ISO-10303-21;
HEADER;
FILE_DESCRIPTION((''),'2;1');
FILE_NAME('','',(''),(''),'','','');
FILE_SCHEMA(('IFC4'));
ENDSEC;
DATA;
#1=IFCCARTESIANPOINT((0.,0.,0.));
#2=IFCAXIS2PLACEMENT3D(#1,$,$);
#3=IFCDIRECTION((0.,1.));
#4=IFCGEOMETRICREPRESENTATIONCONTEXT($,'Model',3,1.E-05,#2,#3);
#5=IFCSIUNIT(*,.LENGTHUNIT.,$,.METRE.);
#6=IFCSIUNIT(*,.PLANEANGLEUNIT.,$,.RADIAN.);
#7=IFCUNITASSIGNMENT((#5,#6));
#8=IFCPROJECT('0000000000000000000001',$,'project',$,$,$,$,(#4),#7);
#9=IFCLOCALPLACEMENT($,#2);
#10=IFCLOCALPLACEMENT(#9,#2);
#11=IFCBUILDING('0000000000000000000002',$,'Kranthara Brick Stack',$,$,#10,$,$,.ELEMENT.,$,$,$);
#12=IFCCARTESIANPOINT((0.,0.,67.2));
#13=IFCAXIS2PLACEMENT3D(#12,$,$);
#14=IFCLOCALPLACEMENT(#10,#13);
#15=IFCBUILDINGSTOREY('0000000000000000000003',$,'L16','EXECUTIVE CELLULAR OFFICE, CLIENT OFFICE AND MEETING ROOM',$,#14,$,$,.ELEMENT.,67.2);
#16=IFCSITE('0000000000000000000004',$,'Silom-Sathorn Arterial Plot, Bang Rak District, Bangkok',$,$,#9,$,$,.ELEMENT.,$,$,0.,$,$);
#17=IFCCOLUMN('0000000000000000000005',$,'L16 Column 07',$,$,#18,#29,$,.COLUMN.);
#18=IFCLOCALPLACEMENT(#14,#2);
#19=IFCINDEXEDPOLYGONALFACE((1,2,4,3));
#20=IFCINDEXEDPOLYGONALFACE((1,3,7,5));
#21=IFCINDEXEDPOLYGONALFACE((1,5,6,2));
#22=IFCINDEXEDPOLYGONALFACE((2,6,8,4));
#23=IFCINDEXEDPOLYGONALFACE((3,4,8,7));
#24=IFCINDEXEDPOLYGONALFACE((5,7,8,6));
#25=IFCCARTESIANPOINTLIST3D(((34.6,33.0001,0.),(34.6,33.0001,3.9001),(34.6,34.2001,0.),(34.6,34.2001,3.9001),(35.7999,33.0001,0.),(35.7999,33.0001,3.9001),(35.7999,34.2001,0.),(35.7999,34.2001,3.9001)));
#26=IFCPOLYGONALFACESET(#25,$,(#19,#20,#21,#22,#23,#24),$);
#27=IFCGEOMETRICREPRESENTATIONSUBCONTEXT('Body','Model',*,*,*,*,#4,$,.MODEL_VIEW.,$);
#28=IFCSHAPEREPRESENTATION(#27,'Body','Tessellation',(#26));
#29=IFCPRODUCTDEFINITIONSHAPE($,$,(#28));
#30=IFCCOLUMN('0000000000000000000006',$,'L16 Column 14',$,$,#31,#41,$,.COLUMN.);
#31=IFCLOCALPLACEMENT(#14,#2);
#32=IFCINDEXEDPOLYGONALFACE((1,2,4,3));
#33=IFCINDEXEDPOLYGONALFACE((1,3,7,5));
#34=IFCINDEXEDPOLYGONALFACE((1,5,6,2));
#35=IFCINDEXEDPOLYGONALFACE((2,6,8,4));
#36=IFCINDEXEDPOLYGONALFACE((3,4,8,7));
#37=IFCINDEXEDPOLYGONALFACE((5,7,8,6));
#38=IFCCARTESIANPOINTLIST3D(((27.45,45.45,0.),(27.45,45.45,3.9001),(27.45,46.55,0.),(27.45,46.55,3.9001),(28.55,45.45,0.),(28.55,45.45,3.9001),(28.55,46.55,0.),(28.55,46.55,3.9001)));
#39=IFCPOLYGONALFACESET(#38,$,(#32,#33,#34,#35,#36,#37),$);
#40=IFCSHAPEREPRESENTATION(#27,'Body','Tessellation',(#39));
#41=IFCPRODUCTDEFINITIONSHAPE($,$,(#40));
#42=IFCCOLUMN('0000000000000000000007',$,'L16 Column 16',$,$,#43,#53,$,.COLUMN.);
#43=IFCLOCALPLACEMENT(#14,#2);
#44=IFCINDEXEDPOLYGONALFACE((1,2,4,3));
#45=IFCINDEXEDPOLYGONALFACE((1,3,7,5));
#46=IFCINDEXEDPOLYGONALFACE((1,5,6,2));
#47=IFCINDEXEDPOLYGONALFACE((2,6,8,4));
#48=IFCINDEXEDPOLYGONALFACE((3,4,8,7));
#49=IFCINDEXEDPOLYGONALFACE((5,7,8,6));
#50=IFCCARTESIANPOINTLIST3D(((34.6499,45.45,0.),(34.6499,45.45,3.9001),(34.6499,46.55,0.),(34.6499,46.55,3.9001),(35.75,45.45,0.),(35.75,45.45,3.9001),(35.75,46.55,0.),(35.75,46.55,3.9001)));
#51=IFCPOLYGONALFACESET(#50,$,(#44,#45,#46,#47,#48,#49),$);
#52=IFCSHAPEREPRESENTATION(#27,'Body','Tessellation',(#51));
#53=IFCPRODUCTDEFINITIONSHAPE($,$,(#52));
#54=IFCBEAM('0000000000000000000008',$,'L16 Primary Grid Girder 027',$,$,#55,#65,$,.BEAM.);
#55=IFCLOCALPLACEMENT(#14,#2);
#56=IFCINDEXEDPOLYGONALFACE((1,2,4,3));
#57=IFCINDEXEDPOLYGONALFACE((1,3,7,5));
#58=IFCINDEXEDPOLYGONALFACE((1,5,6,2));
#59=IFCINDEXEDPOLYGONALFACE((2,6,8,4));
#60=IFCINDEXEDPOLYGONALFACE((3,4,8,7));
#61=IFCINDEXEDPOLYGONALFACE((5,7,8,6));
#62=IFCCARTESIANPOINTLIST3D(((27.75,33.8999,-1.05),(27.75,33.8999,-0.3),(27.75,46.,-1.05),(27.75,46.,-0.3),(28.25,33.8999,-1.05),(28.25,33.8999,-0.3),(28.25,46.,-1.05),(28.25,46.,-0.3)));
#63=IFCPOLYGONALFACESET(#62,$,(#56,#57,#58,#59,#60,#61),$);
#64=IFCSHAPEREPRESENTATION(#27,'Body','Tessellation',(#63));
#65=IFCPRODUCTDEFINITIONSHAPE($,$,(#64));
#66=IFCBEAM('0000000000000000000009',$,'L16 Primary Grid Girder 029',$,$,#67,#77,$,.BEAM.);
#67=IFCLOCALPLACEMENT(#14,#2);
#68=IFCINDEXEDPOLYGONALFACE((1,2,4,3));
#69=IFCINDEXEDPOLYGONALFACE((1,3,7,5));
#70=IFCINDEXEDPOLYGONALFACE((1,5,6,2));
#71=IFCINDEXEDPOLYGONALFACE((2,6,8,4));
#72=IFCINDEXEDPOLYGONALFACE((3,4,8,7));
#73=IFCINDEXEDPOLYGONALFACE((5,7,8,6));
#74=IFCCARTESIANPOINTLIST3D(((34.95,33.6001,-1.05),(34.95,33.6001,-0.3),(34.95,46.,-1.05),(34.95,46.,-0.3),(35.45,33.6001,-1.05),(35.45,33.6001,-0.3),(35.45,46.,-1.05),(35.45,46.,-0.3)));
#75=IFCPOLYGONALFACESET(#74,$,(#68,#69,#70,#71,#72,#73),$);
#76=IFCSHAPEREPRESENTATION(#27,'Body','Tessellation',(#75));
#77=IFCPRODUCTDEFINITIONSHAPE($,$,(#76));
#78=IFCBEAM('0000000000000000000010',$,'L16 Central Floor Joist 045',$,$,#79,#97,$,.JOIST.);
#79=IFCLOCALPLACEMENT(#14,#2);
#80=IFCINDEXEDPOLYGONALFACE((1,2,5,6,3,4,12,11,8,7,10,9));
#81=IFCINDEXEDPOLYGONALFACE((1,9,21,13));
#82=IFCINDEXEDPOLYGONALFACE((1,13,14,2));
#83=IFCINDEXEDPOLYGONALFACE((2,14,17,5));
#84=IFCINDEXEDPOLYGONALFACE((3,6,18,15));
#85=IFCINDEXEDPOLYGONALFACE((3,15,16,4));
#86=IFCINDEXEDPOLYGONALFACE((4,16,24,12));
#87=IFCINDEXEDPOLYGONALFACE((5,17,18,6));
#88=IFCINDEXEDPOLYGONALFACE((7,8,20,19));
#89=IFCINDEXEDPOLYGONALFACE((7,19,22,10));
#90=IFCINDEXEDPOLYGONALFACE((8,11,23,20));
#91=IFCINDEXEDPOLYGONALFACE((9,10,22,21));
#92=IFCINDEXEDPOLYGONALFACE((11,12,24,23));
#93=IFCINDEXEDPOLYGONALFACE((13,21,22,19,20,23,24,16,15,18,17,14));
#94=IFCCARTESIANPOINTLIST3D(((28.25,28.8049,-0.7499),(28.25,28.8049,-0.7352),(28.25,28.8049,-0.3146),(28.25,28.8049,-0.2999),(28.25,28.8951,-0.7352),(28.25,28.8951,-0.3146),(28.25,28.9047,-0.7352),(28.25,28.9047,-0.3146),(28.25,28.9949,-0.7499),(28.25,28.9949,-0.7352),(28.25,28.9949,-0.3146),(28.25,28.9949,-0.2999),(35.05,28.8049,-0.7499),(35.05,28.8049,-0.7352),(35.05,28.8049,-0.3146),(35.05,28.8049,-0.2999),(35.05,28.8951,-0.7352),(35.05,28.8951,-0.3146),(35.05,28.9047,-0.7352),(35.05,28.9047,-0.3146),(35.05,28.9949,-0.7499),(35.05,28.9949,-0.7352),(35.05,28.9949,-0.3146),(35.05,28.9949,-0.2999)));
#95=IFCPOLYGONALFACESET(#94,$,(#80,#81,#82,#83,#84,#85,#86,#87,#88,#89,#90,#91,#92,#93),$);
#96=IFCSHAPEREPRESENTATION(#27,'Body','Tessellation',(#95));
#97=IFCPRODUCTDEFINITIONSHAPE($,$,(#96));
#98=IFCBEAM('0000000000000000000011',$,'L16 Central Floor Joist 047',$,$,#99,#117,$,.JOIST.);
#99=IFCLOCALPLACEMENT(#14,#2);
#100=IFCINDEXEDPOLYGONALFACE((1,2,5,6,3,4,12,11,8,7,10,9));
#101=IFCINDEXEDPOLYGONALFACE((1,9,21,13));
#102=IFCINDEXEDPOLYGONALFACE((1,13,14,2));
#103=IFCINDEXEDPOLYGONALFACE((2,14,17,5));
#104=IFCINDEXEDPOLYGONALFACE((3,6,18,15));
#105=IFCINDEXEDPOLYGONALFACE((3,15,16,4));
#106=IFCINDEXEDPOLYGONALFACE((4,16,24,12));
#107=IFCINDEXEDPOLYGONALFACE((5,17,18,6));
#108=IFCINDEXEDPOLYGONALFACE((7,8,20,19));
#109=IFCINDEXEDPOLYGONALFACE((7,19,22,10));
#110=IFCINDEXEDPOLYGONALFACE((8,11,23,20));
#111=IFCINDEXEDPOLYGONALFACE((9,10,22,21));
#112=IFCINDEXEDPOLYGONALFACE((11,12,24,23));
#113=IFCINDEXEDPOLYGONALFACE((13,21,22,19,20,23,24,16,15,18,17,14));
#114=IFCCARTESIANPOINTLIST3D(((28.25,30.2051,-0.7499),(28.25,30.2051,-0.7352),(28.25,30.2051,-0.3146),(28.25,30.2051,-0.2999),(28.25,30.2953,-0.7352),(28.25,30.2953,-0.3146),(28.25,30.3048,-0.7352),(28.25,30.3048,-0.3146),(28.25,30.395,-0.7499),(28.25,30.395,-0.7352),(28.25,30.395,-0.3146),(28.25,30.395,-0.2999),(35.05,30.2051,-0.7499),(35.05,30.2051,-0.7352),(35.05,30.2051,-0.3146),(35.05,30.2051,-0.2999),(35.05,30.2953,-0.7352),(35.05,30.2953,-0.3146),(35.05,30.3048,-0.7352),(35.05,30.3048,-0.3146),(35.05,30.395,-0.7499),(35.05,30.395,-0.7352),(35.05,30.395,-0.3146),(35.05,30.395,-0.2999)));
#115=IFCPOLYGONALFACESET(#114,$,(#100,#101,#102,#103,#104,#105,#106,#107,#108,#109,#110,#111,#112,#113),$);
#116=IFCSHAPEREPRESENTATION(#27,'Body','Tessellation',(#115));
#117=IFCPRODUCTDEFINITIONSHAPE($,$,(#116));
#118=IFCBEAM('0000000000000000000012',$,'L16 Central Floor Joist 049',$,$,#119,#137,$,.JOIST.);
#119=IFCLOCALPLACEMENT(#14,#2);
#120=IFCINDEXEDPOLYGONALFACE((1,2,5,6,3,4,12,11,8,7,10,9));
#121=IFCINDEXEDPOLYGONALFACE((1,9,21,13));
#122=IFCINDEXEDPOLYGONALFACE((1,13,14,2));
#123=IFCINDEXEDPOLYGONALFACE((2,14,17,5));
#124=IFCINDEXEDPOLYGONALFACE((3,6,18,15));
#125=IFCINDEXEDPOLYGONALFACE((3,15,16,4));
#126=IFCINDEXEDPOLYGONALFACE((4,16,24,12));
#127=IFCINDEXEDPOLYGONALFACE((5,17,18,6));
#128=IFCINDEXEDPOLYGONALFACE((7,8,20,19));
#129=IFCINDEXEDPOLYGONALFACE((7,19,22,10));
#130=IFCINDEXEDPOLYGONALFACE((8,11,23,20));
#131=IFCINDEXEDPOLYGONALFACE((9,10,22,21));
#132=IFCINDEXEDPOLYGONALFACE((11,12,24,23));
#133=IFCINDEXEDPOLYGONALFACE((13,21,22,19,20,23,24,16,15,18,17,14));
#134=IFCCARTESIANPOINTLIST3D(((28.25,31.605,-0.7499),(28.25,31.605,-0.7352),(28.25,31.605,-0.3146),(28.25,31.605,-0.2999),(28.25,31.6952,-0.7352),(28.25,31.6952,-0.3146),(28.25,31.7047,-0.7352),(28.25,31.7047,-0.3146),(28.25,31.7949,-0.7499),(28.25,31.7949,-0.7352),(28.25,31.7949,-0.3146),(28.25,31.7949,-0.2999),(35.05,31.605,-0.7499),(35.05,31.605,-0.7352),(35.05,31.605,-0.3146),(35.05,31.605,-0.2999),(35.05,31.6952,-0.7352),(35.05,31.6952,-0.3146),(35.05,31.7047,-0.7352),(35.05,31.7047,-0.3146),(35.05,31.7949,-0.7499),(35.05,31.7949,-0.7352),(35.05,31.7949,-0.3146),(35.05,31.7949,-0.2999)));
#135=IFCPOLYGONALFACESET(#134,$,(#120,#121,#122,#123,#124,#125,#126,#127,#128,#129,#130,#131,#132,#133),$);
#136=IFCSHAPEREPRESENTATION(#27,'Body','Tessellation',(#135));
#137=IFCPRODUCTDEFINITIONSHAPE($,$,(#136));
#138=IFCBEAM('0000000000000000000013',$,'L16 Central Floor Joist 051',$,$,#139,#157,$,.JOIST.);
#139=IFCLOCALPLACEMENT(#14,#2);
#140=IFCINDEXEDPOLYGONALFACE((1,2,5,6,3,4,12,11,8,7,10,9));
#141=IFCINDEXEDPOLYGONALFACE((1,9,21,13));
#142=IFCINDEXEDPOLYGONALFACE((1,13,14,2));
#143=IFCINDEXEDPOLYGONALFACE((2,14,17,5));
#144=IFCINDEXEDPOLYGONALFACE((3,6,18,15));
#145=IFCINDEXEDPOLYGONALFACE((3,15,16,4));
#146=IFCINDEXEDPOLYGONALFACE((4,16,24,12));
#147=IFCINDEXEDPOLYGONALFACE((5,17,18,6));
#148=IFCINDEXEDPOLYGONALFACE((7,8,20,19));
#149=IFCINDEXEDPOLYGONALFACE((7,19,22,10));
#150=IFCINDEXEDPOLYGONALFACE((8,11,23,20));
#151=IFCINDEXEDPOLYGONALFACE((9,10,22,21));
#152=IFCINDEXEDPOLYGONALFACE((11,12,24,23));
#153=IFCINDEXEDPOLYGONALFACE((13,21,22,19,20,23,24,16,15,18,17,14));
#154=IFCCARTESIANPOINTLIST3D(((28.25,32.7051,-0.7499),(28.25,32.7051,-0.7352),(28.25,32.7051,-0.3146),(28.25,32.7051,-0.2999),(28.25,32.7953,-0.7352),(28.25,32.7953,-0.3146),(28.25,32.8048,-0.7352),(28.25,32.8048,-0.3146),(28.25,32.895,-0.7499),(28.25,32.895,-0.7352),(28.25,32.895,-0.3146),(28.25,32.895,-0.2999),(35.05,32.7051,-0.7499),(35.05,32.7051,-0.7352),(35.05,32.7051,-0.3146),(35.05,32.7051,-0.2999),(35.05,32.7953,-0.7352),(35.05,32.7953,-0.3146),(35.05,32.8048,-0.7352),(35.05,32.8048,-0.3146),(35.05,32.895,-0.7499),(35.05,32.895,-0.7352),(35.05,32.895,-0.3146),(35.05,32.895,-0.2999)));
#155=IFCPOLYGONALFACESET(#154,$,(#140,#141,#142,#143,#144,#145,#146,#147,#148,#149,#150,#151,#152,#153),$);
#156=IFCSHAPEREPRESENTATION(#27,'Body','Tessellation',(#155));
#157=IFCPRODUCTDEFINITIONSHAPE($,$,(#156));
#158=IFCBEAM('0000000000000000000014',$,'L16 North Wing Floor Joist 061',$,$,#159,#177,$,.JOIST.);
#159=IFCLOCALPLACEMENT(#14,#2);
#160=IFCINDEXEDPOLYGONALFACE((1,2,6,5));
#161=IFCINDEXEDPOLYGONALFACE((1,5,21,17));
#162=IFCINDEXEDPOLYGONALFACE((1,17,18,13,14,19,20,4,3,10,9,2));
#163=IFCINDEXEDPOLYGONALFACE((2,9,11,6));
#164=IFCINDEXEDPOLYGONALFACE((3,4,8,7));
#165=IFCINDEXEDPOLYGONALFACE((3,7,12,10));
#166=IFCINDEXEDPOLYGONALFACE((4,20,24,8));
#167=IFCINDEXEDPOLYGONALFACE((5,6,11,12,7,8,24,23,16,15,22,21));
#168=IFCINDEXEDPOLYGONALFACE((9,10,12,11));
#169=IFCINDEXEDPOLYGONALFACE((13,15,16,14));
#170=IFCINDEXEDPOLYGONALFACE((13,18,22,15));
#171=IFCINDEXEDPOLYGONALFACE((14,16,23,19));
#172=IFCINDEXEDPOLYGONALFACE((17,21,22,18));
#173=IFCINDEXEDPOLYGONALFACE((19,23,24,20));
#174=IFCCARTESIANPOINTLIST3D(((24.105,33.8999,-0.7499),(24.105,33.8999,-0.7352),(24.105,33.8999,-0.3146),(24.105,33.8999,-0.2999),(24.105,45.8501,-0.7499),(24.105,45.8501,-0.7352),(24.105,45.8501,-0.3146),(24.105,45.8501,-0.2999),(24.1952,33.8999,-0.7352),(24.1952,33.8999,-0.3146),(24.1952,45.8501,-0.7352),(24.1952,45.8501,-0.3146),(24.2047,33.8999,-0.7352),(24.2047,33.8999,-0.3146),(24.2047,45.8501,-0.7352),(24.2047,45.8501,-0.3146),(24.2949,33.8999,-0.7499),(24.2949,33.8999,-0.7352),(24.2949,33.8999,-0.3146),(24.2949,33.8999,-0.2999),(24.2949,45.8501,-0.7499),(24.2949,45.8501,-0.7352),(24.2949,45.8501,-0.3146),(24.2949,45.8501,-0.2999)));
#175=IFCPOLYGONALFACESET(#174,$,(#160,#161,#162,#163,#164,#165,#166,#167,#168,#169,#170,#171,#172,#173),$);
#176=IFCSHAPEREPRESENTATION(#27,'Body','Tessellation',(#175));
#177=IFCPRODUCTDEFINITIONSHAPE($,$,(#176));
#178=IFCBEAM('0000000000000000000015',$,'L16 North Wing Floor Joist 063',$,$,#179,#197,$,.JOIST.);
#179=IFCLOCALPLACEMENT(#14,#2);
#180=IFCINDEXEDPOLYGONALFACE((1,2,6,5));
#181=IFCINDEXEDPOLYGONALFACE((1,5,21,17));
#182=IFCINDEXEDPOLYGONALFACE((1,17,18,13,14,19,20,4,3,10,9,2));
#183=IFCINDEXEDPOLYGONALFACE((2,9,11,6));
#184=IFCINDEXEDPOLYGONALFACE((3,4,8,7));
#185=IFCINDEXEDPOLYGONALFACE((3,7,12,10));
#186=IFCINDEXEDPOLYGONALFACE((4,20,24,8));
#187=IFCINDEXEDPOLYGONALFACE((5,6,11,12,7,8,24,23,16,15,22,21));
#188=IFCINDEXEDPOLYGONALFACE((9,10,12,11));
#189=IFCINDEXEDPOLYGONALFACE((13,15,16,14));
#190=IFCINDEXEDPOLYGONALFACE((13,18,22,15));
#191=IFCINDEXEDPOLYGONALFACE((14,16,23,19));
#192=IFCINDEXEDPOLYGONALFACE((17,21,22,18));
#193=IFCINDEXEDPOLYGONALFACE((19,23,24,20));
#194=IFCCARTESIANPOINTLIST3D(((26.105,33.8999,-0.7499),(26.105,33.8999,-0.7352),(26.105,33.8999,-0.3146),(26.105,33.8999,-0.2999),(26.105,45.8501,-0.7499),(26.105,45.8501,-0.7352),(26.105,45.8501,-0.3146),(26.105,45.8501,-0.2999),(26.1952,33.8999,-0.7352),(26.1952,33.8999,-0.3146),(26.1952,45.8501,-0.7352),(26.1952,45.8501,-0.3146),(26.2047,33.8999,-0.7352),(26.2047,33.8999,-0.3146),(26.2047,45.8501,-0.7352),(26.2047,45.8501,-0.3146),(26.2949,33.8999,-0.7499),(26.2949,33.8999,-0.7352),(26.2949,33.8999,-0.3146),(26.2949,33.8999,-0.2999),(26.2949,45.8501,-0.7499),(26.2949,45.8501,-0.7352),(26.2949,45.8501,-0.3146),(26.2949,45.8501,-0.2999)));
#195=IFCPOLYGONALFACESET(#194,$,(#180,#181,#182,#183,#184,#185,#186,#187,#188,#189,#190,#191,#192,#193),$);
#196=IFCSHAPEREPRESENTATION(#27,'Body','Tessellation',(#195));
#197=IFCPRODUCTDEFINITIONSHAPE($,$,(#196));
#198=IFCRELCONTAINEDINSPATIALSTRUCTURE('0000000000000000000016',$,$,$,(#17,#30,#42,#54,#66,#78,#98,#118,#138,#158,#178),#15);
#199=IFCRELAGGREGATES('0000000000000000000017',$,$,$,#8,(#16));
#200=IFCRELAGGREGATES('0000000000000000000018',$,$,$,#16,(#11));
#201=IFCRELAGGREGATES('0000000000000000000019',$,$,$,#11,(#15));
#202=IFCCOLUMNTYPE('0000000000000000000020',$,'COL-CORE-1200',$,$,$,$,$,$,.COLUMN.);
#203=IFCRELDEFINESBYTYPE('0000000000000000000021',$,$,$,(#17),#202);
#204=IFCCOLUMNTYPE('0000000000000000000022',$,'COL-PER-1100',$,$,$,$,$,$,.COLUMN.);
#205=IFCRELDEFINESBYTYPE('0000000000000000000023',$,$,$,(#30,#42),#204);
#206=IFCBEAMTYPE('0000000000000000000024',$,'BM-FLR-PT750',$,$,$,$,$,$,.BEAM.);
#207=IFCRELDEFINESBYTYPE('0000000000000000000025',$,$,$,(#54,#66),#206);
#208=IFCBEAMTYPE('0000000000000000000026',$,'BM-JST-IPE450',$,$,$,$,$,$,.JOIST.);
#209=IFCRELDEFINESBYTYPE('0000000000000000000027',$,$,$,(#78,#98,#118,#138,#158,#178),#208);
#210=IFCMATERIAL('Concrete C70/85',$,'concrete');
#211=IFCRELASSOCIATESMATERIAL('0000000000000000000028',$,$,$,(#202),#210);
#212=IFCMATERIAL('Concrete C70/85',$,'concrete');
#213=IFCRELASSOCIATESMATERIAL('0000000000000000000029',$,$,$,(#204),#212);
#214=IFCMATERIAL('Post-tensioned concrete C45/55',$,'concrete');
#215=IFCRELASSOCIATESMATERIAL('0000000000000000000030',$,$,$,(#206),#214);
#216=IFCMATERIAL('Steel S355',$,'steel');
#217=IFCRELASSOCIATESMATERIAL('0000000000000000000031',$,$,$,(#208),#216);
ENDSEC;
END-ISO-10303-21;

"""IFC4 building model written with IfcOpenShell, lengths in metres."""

from ifc_helpers import new_model, si_unit, direction, frame, origin, origin_2d, place, context, subcontext, project, spatial, rectangle, i_section, extrude, material, material_profile, profile_set, type_object, element, save


model = new_model("IFC4")

# Units and contexts
model_context = context("Model", 3, precision=1e-05, world=origin(), true_north=direction((0.0, 1.0)))
body_context = subcontext(model_context, "Body", "Model", "MODEL_VIEW")
ifc_project = project(units=[si_unit("LENGTHUNIT", "METRE"), si_unit("PLANEANGLEUNIT", "RADIAN")], contexts=[model_context])

# Site, building, storey
site_placement = place(None, origin())
site = spatial("IfcSite", under=ifc_project, at=site_placement, Name="Silom-Sathorn Arterial Plot, Bang Rak District, Bangkok", CompositionType="ELEMENT", RefElevation=0.0)
building_placement = place(site_placement, origin())
building = spatial("IfcBuilding", under=site, at=building_placement, Name="Kranthara Brick Stack", CompositionType="ELEMENT")
storey_placement = place(building_placement, frame((0.0, 0.0, 67.2)))
storey = spatial("IfcBuildingStorey", under=building, at=storey_placement, Name="L16", Description="EXECUTIVE CELLULAR OFFICE, CLIENT OFFICE AND MEETING ROOM", CompositionType="ELEMENT", Elevation=67.2)

# Columns
ifc_material_1 = material(Name="Concrete C70/85", Category="concrete")
ifc_material_profile_1 = material_profile(ifc_material_1, rectangle(XDim=1.2, YDim=1.2, at=origin_2d()), Name="RC 1200x1200")
ifc_profile_set_1 = profile_set([ifc_material_profile_1], Name="Concrete C70/85")
column_type_1 = type_object("IfcColumnType", Name="COL-CORE-1200", PredefinedType="COLUMN", material=ifc_profile_set_1)
column_placement = place(storey_placement, frame((35.2, 33.6001, 0.0), z_axis=(0.0, 0.0, 1.0), x_axis=(1.0, 0.0, 0.0)))
element("IfcColumn", 1, at=column_placement, inside=storey, type_object=column_type_1, Name="L16 Column 07", PredefinedType="COLUMN", context=body_context, shape_type="SweptSolid", body=[
    extrude(rectangle(XDim=1.2, YDim=1.2, at=origin_2d()), origin(), (0.0, 0.0, 1.0), 3.9001),
])
ifc_material_2 = material(Name="Concrete C70/85", Category="concrete")
ifc_material_profile_2 = material_profile(ifc_material_2, rectangle(XDim=1.1001, YDim=1.1001, at=origin_2d()), Name="RC 1100x1100")
ifc_profile_set_2 = profile_set([ifc_material_profile_2], Name="Concrete C70/85")
column_type_2 = type_object("IfcColumnType", Name="COL-PER-1100", PredefinedType="COLUMN", material=ifc_profile_set_2)
for number, where, z_axis, x_axis, name in (
    (2, (28.0, 46.0, 0.0), (0.0, 0.0, 1.0), (1.0, 0.0, 0.0), "L16 Column 14"),
    (3, (35.2, 46.0, 0.0), (0.0, 0.0, 1.0), (1.0, 0.0, 0.0), "L16 Column 16"),
):
    element("IfcColumn", number, at=place(storey_placement, frame(where, z_axis=z_axis, x_axis=x_axis)), inside=storey, type_object=column_type_2, Name=name, PredefinedType="COLUMN", context=body_context, shape_type="SweptSolid", body=[
        extrude(rectangle(XDim=1.1001, YDim=1.1001, at=origin_2d()), origin(), (0.0, 0.0, 1.0), 3.9001),
    ])

# Beams
ifc_material_3 = material(Name="Post-tensioned concrete C45/55", Category="concrete")
ifc_material_profile_3 = material_profile(ifc_material_3, rectangle(XDim=0.5, YDim=0.75, at=origin_2d()), Name="PT 500x750")
ifc_profile_set_3 = profile_set([ifc_material_profile_3], Name="Post-tensioned concrete C45/55")
beam_type_1 = type_object("IfcBeamType", Name="BM-FLR-PT750", PredefinedType="BEAM", material=ifc_profile_set_3)
beam_1_placement = place(storey_placement, frame((28.0, 33.8999, -0.675), z_axis=(0.0, 1.0, 0.0), x_axis=(-1.0, 0.0, 0.0)))
element("IfcBeam", 4, at=beam_1_placement, inside=storey, type_object=beam_type_1, Name="L16 Primary Grid Girder 027", PredefinedType="BEAM", context=body_context, shape_type="SweptSolid", body=[
    extrude(rectangle(XDim=0.5, YDim=0.75, at=origin_2d()), origin(), (0.0, 0.0, 1.0), 12.1001),
])
beam_2_placement = place(storey_placement, frame((35.2, 33.6001, -0.675), z_axis=(0.0, 1.0, 0.0), x_axis=(-1.0, 0.0, 0.0)))
element("IfcBeam", 5, at=beam_2_placement, inside=storey, type_object=beam_type_1, Name="L16 Primary Grid Girder 029", PredefinedType="BEAM", context=body_context, shape_type="SweptSolid", body=[
    extrude(rectangle(XDim=0.5, YDim=0.75, at=origin_2d()), origin(), (0.0, 0.0, 1.0), 12.3999),
])
ifc_material_4 = material(Name="Steel S355", Category="steel")
ifc_material_profile_4 = material_profile(ifc_material_4, i_section(OverallWidth=0.1899, OverallDepth=0.45, WebThickness=0.0095, FlangeThickness=0.0146, at=origin_2d()), Name="IPE 450")
ifc_profile_set_4 = profile_set([ifc_material_profile_4], Name="Steel S355")
beam_type_2 = type_object("IfcBeamType", Name="BM-JST-IPE450", PredefinedType="JOIST", material=ifc_profile_set_4)
for number, where, z_axis, x_axis, name in (
    (6, (28.25, 28.8999, -0.5249), (1.0, 0.0, 0.0), (0.0, 1.0, 0.0), "L16 Central Floor Joist 045"),
    (7, (28.25, 30.3, -0.5249), (1.0, 0.0, 0.0), (0.0, 1.0, 0.0), "L16 Central Floor Joist 047"),
    (8, (28.25, 31.7, -0.5249), (1.0, 0.0, 0.0), (0.0, 1.0, 0.0), "L16 Central Floor Joist 049"),
    (9, (28.25, 32.8, -0.5249), (1.0, 0.0, 0.0), (0.0, 1.0, 0.0), "L16 Central Floor Joist 051"),
):
    element("IfcBeam", number, at=place(storey_placement, frame(where, z_axis=z_axis, x_axis=x_axis)), inside=storey, type_object=beam_type_2, Name=name, PredefinedType="JOIST", context=body_context, shape_type="SweptSolid", body=[
        extrude(i_section(OverallWidth=0.1899, OverallDepth=0.45, WebThickness=0.0095, FlangeThickness=0.0146, at=origin_2d()), origin(), (0.0, 0.0, 1.0), 6.8),
    ])
for number, where, z_axis, x_axis, name in (
    (10, (24.2, 33.8999, -0.5249), (0.0, 1.0, 0.0), (-1.0, 0.0, 0.0), "L16 North Wing Floor Joist 061"),
    (11, (26.2, 33.8999, -0.5249), (0.0, 1.0, 0.0), (-1.0, 0.0, 0.0), "L16 North Wing Floor Joist 063"),
):
    element("IfcBeam", number, at=place(storey_placement, frame(where, z_axis=z_axis, x_axis=x_axis)), inside=storey, type_object=beam_type_2, Name=name, PredefinedType="JOIST", context=body_context, shape_type="SweptSolid", body=[
        extrude(i_section(OverallWidth=0.1899, OverallDepth=0.45, WebThickness=0.0095, FlangeThickness=0.0146, at=origin_2d()), origin(), (0.0, 0.0, 1.0), 11.9502),
    ])

save(model, "model.ifc")
